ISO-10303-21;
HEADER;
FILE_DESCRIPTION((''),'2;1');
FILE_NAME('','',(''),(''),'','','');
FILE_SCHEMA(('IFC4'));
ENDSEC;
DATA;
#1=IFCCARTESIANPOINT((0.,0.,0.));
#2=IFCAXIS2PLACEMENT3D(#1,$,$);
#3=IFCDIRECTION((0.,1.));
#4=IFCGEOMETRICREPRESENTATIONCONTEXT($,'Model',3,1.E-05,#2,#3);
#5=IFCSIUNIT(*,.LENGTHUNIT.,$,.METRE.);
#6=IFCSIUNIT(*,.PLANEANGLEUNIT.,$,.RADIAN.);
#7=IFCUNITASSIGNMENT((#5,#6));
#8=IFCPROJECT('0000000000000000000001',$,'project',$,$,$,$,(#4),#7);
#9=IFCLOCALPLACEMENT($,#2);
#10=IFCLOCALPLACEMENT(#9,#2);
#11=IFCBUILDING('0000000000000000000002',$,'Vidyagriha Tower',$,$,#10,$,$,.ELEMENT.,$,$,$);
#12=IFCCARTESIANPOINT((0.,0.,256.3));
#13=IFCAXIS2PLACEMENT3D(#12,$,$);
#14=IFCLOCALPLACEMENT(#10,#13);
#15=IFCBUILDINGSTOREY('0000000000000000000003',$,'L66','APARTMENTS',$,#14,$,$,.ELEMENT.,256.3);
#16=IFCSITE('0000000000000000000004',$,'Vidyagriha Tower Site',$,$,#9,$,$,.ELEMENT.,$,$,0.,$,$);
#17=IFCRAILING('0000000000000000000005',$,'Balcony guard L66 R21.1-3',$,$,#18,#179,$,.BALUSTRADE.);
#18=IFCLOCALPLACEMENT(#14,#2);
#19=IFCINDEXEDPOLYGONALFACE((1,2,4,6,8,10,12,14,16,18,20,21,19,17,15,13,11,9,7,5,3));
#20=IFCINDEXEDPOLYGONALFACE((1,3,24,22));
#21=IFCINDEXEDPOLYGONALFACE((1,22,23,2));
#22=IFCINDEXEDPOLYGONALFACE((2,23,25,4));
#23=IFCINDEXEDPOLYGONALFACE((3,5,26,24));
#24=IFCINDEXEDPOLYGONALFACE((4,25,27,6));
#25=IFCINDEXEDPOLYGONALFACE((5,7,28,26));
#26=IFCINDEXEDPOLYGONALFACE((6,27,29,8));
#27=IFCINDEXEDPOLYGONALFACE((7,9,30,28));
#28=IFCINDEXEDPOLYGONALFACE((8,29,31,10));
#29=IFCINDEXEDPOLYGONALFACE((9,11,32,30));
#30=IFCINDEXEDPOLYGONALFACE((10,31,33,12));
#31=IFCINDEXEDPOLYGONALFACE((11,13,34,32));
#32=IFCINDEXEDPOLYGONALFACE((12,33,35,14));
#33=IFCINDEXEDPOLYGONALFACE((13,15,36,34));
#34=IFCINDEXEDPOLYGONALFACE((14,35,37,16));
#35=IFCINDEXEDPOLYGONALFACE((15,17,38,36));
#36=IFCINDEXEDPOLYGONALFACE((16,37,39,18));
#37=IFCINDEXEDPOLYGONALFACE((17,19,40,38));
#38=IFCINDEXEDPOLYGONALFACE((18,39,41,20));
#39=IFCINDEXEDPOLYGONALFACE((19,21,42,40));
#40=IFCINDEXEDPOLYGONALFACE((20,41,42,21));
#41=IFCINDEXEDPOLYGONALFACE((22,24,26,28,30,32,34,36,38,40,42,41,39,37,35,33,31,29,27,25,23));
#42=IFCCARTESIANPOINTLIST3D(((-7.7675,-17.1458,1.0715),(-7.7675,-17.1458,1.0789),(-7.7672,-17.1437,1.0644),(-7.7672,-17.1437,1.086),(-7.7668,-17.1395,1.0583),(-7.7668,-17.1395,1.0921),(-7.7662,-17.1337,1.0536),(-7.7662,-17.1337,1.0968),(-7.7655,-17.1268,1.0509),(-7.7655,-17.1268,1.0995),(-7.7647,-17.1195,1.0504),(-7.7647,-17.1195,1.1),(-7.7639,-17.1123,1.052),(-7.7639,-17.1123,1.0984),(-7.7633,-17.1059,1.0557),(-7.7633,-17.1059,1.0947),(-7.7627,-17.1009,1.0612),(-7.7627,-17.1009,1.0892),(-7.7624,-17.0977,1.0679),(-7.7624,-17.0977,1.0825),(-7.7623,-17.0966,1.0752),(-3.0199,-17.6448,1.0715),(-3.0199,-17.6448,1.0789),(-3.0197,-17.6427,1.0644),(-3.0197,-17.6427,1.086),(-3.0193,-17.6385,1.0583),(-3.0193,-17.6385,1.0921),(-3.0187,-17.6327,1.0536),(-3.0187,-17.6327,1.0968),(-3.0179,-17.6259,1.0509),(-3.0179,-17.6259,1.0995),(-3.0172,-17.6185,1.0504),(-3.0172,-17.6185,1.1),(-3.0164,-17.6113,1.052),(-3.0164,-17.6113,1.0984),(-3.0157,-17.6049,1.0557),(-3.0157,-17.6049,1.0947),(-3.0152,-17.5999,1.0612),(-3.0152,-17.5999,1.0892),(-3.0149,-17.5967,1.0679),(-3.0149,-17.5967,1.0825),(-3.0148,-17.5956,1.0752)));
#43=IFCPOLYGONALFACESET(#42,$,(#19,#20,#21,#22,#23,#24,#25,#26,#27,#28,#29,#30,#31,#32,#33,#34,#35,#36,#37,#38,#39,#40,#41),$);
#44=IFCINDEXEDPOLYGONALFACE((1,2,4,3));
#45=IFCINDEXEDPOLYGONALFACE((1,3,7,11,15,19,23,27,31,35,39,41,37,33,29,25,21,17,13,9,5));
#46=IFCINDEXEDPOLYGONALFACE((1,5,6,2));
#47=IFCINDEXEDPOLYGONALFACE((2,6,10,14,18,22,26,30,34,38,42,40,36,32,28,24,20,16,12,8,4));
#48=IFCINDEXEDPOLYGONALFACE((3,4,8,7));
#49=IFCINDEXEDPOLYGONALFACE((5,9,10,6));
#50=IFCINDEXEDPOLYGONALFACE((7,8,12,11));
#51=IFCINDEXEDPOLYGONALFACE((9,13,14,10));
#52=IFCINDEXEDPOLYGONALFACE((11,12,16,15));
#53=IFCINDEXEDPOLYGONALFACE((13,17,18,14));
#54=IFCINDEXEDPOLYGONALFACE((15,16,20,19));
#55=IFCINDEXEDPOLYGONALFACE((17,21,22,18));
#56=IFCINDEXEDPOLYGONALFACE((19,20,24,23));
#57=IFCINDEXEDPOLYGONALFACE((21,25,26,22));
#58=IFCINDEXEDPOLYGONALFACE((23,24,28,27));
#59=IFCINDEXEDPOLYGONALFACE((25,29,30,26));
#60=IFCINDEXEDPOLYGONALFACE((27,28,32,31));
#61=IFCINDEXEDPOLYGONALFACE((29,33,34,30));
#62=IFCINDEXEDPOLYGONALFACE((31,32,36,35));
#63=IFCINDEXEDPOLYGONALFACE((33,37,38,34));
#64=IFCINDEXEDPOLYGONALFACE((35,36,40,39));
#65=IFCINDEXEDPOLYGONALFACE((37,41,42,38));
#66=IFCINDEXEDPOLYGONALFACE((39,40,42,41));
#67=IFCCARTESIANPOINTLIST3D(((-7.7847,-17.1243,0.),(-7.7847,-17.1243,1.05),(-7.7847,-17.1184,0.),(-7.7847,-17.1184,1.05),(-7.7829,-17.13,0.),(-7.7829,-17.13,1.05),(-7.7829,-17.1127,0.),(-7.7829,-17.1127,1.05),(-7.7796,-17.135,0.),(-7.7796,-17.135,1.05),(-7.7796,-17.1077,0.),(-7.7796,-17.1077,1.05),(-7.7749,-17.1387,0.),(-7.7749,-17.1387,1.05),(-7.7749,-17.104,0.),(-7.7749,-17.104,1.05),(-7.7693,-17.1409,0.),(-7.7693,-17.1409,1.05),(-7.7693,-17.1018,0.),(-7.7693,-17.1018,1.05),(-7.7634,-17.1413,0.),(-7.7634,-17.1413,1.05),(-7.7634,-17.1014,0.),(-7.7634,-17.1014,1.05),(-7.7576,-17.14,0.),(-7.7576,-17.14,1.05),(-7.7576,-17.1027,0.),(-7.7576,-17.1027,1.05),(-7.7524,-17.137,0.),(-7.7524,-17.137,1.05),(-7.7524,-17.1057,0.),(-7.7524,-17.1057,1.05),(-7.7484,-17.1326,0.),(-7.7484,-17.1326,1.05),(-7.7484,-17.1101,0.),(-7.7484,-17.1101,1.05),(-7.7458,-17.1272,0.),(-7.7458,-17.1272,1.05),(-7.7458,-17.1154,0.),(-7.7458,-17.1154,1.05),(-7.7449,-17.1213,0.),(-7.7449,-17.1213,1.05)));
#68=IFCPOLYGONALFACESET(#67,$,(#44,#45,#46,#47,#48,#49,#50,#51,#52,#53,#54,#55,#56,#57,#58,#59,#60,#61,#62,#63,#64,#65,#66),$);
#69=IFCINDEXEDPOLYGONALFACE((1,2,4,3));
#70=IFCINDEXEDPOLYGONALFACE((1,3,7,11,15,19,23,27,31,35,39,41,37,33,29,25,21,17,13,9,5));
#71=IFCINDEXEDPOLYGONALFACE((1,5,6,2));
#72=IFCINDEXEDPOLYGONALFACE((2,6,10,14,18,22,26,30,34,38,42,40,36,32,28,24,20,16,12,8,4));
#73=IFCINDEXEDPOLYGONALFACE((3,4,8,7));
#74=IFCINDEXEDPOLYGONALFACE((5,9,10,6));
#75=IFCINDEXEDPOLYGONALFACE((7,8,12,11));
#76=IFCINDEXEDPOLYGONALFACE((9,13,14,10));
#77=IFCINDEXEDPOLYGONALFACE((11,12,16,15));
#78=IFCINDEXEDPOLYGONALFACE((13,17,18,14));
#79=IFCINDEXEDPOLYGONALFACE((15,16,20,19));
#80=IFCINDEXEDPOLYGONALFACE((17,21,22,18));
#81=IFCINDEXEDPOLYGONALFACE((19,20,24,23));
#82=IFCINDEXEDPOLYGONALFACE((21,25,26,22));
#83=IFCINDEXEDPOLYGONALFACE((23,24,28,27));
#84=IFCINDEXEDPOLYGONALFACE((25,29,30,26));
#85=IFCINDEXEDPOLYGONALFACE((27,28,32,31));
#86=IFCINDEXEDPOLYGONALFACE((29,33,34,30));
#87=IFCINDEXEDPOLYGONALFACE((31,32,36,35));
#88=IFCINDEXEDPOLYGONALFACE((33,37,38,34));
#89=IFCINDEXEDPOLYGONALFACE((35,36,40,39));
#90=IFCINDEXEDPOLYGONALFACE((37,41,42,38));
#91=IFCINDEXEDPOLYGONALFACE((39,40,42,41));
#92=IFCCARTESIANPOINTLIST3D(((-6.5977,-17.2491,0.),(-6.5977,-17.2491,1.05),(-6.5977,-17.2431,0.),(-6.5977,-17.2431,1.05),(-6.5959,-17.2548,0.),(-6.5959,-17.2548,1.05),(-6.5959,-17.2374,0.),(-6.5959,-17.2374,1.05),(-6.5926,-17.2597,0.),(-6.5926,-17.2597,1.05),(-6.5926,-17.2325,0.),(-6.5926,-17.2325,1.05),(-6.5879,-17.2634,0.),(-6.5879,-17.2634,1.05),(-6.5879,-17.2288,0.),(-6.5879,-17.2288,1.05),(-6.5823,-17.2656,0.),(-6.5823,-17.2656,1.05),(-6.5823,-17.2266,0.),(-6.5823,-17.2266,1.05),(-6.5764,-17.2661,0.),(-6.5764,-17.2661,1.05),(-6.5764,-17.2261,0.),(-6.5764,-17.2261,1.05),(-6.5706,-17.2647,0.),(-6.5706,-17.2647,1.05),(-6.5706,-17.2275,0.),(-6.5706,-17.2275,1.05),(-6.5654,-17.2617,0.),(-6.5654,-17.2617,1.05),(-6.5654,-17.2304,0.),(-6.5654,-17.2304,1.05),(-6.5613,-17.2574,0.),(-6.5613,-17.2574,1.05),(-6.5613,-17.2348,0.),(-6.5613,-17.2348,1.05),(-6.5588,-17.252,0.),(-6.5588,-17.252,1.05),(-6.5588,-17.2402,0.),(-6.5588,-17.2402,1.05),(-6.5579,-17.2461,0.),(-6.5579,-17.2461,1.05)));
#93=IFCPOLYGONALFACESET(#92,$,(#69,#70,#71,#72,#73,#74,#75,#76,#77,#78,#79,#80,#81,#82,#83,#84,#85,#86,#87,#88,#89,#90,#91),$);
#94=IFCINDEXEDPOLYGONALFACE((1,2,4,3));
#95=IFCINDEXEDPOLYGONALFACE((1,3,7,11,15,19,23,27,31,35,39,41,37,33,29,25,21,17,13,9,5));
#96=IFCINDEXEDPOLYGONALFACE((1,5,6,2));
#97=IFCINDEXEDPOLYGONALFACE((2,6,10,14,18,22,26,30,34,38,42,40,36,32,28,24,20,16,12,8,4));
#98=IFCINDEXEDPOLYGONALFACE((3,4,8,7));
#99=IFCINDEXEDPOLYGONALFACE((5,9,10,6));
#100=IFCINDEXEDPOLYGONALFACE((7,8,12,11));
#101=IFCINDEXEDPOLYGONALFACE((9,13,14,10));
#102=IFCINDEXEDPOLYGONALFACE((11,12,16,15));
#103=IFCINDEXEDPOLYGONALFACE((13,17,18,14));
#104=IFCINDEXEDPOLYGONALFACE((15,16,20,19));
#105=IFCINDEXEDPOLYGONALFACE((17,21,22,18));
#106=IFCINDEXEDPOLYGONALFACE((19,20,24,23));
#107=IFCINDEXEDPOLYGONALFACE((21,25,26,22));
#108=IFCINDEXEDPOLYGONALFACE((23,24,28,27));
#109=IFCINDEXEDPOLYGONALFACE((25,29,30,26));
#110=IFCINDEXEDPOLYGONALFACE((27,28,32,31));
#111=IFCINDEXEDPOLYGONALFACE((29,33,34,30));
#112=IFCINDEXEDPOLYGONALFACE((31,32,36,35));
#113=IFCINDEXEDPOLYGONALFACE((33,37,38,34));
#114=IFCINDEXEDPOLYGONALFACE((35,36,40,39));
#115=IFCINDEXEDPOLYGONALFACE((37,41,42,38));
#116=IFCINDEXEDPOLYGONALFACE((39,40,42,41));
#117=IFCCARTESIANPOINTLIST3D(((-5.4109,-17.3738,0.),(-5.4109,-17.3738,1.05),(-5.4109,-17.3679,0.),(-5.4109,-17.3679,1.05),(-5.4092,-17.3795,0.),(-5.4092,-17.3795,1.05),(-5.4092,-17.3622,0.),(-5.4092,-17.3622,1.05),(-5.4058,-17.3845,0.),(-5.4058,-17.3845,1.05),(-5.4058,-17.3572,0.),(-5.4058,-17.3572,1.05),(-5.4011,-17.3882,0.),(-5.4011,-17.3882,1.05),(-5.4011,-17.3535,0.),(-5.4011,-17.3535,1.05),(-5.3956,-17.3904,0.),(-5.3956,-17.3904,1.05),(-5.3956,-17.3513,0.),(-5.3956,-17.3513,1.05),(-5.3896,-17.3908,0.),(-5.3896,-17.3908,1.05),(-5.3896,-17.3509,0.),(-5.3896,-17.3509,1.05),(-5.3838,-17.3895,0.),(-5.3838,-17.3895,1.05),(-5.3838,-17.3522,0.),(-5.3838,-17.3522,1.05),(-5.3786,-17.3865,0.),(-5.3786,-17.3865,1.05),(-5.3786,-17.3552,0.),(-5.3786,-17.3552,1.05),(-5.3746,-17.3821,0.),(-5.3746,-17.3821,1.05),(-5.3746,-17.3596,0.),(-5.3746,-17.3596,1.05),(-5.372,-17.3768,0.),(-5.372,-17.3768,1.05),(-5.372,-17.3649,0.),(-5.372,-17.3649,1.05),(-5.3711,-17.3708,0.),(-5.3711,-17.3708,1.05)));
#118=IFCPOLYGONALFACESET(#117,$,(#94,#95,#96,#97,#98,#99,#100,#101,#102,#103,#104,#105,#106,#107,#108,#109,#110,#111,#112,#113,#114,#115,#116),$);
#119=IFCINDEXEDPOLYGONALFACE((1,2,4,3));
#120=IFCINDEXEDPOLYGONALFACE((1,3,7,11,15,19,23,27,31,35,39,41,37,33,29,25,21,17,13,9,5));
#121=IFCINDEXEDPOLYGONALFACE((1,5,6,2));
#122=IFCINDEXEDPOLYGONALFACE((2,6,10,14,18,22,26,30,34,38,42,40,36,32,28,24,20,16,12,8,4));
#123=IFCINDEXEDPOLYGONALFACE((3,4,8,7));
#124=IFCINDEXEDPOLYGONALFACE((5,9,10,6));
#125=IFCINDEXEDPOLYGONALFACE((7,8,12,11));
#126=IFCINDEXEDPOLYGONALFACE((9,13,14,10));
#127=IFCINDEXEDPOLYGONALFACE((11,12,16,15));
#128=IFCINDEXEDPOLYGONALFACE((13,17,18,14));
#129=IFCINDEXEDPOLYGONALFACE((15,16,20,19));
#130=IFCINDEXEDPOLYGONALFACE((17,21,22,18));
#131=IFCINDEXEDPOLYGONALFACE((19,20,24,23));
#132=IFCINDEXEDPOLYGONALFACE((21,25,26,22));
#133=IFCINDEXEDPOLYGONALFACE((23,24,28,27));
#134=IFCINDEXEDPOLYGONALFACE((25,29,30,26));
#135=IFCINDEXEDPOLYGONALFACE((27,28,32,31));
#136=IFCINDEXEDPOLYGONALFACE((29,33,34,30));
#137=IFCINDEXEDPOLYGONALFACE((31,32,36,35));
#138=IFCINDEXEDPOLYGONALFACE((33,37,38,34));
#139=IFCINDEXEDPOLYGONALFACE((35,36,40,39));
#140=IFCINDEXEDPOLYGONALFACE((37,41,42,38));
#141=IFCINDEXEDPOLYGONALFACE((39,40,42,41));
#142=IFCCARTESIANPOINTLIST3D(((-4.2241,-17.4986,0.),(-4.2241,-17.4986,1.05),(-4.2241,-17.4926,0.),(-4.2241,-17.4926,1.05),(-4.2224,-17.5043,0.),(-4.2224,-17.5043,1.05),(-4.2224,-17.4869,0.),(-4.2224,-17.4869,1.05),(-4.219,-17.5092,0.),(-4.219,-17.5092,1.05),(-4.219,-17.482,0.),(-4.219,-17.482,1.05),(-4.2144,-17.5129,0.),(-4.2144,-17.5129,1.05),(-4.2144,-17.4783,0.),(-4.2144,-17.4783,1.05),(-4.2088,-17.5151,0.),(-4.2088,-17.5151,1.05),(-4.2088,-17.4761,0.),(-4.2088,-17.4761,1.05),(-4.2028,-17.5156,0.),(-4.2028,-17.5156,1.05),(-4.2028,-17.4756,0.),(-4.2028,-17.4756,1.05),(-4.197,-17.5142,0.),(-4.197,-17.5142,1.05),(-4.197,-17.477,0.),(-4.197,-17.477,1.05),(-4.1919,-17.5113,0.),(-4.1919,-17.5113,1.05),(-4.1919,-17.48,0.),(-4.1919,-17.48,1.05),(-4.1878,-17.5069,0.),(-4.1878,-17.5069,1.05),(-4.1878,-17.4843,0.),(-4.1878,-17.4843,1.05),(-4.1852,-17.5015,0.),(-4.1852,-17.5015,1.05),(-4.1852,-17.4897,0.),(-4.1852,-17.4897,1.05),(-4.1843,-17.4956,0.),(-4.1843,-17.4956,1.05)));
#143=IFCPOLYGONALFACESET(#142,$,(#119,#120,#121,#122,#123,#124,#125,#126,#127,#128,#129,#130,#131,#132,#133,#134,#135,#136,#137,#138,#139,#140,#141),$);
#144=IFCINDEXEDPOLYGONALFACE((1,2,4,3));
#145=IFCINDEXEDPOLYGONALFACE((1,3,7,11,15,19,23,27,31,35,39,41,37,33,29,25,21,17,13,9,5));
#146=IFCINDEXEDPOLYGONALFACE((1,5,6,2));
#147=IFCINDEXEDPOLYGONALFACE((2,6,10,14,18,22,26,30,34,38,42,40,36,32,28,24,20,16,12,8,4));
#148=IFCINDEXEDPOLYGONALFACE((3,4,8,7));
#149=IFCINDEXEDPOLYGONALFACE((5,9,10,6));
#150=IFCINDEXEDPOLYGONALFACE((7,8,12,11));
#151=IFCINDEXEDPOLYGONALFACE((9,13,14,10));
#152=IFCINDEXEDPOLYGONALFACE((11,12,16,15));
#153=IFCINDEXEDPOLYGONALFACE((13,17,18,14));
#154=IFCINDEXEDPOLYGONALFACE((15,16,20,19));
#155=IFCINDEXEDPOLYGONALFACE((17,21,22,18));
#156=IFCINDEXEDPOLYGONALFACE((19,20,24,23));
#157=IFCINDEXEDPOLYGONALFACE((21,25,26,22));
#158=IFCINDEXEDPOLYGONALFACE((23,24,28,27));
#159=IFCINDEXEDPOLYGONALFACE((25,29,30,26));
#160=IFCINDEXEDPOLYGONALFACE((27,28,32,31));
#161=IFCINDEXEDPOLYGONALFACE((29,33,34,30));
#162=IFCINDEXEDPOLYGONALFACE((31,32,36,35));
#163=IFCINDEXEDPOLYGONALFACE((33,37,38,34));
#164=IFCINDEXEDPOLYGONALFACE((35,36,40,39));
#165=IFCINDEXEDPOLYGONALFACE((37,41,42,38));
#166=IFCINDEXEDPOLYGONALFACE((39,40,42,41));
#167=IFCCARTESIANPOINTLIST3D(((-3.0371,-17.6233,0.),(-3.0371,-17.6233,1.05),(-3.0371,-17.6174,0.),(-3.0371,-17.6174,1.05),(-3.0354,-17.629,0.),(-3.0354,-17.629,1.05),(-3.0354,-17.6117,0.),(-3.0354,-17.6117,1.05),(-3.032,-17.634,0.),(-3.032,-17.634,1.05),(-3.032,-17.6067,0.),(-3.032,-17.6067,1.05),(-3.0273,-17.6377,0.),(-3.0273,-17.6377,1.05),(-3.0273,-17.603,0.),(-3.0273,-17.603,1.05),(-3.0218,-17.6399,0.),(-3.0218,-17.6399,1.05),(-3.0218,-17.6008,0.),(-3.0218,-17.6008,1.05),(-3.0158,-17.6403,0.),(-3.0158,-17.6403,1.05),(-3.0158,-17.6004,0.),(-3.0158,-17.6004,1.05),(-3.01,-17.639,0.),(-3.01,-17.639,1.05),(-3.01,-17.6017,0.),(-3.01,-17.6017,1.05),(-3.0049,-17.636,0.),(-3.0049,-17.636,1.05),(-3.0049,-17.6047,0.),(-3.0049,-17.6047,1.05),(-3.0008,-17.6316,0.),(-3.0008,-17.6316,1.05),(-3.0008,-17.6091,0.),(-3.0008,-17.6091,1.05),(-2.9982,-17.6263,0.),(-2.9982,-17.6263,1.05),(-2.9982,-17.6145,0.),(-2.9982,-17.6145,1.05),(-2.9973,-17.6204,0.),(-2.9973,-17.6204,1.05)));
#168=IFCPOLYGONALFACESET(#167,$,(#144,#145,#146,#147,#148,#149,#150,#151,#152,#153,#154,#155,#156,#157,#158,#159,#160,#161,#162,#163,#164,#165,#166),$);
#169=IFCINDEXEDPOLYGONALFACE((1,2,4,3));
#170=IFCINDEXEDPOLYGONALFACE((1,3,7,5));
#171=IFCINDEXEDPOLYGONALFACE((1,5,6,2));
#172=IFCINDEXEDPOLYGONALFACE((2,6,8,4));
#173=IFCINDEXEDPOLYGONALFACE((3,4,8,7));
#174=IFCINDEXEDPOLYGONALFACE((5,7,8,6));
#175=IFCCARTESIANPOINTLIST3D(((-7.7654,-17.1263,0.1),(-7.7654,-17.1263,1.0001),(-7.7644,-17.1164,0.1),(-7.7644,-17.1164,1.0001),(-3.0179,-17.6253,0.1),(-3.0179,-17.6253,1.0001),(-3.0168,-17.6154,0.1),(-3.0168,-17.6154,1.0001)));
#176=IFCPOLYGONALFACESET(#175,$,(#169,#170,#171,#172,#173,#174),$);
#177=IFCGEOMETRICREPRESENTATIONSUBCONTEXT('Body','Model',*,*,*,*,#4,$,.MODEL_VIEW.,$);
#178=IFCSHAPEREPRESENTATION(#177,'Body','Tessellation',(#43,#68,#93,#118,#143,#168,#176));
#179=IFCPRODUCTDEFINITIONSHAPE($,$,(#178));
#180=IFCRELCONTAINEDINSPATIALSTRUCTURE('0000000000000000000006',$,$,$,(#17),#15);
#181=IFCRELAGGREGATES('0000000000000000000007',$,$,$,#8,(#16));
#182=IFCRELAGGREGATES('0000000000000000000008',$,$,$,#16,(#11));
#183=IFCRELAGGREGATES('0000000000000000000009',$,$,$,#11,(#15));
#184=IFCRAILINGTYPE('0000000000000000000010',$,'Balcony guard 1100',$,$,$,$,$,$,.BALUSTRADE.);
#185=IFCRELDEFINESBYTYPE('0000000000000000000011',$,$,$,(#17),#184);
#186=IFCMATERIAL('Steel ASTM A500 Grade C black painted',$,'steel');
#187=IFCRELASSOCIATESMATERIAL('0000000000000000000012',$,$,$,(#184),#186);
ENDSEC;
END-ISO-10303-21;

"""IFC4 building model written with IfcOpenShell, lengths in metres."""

from ifc_helpers import new_model, si_unit, direction, frame, origin, origin_2d, place, context, subcontext, project, spatial, rectangle, circle, extrude, material, type_object, element, save


model = new_model("IFC4")

# Units and contexts
model_context = context("Model", 3, precision=1e-05, world=origin(), true_north=direction((0.0, 1.0)))
body_context = subcontext(model_context, "Body", "Model", "MODEL_VIEW")
ifc_project = project(units=[si_unit("LENGTHUNIT", "METRE"), si_unit("PLANEANGLEUNIT", "RADIAN")], contexts=[model_context])

# Site, building, storey
site_placement = place(None, origin())
site = spatial("IfcSite", under=ifc_project, at=site_placement, Name="Vidyagriha Tower Site", CompositionType="ELEMENT", RefElevation=0.0)
building_placement = place(site_placement, origin())
building = spatial("IfcBuilding", under=site, at=building_placement, Name="Vidyagriha Tower", CompositionType="ELEMENT")
storey_placement = place(building_placement, frame((0.0, 0.0, 256.3)))
storey = spatial("IfcBuildingStorey", under=building, at=storey_placement, Name="L66", Description="APARTMENTS", CompositionType="ELEMENT", Elevation=256.3)

# Railing
ifc_material_1 = material(Name="Steel ASTM A500 Grade C black painted", Category="steel")
railing_type = type_object("IfcRailingType", Name="Balcony guard 1100", PredefinedType="BALUSTRADE", material=ifc_material_1)
railing_1_placement = place(storey_placement, frame((-7.7649, -17.1213, 0.0)))
element("IfcRailing", 1, at=railing_1_placement, inside=storey, type_object=railing_type, Name="Balcony guard L66 R21.1-3", PredefinedType="BALUSTRADE", context=body_context, shape_type="SweptSolid", body=[
    extrude(circle(Radius=0.0249, at=origin_2d()), frame((0.0, 0.0, 1.0752), z_axis=(0.994521, -0.104536, 0.0), x_axis=(0.104536, 0.994521, 0.0)), (0.0, 0.0, 1.0), 4.7737),
    extrude(circle(Radius=0.02, at=origin_2d()), origin(), (0.0, 0.0, 1.0), 1.05),
    extrude(circle(Radius=0.02, at=origin_2d()), frame((1.187, -0.1248, 0.0)), (0.0, 0.0, 1.0), 1.05),
    extrude(circle(Radius=0.02, at=origin_2d()), frame((2.3738, -0.2495, 0.0)), (0.0, 0.0, 1.0), 1.05),
    extrude(circle(Radius=0.02, at=origin_2d()), frame((3.5605, -0.3743, 0.0)), (0.0, 0.0, 1.0), 1.05),
    extrude(circle(Radius=0.02, at=origin_2d()), frame((4.7476, -0.499, 0.0)), (0.0, 0.0, 1.0), 1.05),
    extrude(rectangle(XDim=0.01, YDim=0.9001, at=origin_2d()), frame((0.0, 0.0, 0.55), z_axis=(0.994521, -0.104536, 0.0), x_axis=(0.104536, 0.994521, 0.0)), (0.0, 0.0, 1.0), 4.7737),
])

save(model, "model.ifc")
